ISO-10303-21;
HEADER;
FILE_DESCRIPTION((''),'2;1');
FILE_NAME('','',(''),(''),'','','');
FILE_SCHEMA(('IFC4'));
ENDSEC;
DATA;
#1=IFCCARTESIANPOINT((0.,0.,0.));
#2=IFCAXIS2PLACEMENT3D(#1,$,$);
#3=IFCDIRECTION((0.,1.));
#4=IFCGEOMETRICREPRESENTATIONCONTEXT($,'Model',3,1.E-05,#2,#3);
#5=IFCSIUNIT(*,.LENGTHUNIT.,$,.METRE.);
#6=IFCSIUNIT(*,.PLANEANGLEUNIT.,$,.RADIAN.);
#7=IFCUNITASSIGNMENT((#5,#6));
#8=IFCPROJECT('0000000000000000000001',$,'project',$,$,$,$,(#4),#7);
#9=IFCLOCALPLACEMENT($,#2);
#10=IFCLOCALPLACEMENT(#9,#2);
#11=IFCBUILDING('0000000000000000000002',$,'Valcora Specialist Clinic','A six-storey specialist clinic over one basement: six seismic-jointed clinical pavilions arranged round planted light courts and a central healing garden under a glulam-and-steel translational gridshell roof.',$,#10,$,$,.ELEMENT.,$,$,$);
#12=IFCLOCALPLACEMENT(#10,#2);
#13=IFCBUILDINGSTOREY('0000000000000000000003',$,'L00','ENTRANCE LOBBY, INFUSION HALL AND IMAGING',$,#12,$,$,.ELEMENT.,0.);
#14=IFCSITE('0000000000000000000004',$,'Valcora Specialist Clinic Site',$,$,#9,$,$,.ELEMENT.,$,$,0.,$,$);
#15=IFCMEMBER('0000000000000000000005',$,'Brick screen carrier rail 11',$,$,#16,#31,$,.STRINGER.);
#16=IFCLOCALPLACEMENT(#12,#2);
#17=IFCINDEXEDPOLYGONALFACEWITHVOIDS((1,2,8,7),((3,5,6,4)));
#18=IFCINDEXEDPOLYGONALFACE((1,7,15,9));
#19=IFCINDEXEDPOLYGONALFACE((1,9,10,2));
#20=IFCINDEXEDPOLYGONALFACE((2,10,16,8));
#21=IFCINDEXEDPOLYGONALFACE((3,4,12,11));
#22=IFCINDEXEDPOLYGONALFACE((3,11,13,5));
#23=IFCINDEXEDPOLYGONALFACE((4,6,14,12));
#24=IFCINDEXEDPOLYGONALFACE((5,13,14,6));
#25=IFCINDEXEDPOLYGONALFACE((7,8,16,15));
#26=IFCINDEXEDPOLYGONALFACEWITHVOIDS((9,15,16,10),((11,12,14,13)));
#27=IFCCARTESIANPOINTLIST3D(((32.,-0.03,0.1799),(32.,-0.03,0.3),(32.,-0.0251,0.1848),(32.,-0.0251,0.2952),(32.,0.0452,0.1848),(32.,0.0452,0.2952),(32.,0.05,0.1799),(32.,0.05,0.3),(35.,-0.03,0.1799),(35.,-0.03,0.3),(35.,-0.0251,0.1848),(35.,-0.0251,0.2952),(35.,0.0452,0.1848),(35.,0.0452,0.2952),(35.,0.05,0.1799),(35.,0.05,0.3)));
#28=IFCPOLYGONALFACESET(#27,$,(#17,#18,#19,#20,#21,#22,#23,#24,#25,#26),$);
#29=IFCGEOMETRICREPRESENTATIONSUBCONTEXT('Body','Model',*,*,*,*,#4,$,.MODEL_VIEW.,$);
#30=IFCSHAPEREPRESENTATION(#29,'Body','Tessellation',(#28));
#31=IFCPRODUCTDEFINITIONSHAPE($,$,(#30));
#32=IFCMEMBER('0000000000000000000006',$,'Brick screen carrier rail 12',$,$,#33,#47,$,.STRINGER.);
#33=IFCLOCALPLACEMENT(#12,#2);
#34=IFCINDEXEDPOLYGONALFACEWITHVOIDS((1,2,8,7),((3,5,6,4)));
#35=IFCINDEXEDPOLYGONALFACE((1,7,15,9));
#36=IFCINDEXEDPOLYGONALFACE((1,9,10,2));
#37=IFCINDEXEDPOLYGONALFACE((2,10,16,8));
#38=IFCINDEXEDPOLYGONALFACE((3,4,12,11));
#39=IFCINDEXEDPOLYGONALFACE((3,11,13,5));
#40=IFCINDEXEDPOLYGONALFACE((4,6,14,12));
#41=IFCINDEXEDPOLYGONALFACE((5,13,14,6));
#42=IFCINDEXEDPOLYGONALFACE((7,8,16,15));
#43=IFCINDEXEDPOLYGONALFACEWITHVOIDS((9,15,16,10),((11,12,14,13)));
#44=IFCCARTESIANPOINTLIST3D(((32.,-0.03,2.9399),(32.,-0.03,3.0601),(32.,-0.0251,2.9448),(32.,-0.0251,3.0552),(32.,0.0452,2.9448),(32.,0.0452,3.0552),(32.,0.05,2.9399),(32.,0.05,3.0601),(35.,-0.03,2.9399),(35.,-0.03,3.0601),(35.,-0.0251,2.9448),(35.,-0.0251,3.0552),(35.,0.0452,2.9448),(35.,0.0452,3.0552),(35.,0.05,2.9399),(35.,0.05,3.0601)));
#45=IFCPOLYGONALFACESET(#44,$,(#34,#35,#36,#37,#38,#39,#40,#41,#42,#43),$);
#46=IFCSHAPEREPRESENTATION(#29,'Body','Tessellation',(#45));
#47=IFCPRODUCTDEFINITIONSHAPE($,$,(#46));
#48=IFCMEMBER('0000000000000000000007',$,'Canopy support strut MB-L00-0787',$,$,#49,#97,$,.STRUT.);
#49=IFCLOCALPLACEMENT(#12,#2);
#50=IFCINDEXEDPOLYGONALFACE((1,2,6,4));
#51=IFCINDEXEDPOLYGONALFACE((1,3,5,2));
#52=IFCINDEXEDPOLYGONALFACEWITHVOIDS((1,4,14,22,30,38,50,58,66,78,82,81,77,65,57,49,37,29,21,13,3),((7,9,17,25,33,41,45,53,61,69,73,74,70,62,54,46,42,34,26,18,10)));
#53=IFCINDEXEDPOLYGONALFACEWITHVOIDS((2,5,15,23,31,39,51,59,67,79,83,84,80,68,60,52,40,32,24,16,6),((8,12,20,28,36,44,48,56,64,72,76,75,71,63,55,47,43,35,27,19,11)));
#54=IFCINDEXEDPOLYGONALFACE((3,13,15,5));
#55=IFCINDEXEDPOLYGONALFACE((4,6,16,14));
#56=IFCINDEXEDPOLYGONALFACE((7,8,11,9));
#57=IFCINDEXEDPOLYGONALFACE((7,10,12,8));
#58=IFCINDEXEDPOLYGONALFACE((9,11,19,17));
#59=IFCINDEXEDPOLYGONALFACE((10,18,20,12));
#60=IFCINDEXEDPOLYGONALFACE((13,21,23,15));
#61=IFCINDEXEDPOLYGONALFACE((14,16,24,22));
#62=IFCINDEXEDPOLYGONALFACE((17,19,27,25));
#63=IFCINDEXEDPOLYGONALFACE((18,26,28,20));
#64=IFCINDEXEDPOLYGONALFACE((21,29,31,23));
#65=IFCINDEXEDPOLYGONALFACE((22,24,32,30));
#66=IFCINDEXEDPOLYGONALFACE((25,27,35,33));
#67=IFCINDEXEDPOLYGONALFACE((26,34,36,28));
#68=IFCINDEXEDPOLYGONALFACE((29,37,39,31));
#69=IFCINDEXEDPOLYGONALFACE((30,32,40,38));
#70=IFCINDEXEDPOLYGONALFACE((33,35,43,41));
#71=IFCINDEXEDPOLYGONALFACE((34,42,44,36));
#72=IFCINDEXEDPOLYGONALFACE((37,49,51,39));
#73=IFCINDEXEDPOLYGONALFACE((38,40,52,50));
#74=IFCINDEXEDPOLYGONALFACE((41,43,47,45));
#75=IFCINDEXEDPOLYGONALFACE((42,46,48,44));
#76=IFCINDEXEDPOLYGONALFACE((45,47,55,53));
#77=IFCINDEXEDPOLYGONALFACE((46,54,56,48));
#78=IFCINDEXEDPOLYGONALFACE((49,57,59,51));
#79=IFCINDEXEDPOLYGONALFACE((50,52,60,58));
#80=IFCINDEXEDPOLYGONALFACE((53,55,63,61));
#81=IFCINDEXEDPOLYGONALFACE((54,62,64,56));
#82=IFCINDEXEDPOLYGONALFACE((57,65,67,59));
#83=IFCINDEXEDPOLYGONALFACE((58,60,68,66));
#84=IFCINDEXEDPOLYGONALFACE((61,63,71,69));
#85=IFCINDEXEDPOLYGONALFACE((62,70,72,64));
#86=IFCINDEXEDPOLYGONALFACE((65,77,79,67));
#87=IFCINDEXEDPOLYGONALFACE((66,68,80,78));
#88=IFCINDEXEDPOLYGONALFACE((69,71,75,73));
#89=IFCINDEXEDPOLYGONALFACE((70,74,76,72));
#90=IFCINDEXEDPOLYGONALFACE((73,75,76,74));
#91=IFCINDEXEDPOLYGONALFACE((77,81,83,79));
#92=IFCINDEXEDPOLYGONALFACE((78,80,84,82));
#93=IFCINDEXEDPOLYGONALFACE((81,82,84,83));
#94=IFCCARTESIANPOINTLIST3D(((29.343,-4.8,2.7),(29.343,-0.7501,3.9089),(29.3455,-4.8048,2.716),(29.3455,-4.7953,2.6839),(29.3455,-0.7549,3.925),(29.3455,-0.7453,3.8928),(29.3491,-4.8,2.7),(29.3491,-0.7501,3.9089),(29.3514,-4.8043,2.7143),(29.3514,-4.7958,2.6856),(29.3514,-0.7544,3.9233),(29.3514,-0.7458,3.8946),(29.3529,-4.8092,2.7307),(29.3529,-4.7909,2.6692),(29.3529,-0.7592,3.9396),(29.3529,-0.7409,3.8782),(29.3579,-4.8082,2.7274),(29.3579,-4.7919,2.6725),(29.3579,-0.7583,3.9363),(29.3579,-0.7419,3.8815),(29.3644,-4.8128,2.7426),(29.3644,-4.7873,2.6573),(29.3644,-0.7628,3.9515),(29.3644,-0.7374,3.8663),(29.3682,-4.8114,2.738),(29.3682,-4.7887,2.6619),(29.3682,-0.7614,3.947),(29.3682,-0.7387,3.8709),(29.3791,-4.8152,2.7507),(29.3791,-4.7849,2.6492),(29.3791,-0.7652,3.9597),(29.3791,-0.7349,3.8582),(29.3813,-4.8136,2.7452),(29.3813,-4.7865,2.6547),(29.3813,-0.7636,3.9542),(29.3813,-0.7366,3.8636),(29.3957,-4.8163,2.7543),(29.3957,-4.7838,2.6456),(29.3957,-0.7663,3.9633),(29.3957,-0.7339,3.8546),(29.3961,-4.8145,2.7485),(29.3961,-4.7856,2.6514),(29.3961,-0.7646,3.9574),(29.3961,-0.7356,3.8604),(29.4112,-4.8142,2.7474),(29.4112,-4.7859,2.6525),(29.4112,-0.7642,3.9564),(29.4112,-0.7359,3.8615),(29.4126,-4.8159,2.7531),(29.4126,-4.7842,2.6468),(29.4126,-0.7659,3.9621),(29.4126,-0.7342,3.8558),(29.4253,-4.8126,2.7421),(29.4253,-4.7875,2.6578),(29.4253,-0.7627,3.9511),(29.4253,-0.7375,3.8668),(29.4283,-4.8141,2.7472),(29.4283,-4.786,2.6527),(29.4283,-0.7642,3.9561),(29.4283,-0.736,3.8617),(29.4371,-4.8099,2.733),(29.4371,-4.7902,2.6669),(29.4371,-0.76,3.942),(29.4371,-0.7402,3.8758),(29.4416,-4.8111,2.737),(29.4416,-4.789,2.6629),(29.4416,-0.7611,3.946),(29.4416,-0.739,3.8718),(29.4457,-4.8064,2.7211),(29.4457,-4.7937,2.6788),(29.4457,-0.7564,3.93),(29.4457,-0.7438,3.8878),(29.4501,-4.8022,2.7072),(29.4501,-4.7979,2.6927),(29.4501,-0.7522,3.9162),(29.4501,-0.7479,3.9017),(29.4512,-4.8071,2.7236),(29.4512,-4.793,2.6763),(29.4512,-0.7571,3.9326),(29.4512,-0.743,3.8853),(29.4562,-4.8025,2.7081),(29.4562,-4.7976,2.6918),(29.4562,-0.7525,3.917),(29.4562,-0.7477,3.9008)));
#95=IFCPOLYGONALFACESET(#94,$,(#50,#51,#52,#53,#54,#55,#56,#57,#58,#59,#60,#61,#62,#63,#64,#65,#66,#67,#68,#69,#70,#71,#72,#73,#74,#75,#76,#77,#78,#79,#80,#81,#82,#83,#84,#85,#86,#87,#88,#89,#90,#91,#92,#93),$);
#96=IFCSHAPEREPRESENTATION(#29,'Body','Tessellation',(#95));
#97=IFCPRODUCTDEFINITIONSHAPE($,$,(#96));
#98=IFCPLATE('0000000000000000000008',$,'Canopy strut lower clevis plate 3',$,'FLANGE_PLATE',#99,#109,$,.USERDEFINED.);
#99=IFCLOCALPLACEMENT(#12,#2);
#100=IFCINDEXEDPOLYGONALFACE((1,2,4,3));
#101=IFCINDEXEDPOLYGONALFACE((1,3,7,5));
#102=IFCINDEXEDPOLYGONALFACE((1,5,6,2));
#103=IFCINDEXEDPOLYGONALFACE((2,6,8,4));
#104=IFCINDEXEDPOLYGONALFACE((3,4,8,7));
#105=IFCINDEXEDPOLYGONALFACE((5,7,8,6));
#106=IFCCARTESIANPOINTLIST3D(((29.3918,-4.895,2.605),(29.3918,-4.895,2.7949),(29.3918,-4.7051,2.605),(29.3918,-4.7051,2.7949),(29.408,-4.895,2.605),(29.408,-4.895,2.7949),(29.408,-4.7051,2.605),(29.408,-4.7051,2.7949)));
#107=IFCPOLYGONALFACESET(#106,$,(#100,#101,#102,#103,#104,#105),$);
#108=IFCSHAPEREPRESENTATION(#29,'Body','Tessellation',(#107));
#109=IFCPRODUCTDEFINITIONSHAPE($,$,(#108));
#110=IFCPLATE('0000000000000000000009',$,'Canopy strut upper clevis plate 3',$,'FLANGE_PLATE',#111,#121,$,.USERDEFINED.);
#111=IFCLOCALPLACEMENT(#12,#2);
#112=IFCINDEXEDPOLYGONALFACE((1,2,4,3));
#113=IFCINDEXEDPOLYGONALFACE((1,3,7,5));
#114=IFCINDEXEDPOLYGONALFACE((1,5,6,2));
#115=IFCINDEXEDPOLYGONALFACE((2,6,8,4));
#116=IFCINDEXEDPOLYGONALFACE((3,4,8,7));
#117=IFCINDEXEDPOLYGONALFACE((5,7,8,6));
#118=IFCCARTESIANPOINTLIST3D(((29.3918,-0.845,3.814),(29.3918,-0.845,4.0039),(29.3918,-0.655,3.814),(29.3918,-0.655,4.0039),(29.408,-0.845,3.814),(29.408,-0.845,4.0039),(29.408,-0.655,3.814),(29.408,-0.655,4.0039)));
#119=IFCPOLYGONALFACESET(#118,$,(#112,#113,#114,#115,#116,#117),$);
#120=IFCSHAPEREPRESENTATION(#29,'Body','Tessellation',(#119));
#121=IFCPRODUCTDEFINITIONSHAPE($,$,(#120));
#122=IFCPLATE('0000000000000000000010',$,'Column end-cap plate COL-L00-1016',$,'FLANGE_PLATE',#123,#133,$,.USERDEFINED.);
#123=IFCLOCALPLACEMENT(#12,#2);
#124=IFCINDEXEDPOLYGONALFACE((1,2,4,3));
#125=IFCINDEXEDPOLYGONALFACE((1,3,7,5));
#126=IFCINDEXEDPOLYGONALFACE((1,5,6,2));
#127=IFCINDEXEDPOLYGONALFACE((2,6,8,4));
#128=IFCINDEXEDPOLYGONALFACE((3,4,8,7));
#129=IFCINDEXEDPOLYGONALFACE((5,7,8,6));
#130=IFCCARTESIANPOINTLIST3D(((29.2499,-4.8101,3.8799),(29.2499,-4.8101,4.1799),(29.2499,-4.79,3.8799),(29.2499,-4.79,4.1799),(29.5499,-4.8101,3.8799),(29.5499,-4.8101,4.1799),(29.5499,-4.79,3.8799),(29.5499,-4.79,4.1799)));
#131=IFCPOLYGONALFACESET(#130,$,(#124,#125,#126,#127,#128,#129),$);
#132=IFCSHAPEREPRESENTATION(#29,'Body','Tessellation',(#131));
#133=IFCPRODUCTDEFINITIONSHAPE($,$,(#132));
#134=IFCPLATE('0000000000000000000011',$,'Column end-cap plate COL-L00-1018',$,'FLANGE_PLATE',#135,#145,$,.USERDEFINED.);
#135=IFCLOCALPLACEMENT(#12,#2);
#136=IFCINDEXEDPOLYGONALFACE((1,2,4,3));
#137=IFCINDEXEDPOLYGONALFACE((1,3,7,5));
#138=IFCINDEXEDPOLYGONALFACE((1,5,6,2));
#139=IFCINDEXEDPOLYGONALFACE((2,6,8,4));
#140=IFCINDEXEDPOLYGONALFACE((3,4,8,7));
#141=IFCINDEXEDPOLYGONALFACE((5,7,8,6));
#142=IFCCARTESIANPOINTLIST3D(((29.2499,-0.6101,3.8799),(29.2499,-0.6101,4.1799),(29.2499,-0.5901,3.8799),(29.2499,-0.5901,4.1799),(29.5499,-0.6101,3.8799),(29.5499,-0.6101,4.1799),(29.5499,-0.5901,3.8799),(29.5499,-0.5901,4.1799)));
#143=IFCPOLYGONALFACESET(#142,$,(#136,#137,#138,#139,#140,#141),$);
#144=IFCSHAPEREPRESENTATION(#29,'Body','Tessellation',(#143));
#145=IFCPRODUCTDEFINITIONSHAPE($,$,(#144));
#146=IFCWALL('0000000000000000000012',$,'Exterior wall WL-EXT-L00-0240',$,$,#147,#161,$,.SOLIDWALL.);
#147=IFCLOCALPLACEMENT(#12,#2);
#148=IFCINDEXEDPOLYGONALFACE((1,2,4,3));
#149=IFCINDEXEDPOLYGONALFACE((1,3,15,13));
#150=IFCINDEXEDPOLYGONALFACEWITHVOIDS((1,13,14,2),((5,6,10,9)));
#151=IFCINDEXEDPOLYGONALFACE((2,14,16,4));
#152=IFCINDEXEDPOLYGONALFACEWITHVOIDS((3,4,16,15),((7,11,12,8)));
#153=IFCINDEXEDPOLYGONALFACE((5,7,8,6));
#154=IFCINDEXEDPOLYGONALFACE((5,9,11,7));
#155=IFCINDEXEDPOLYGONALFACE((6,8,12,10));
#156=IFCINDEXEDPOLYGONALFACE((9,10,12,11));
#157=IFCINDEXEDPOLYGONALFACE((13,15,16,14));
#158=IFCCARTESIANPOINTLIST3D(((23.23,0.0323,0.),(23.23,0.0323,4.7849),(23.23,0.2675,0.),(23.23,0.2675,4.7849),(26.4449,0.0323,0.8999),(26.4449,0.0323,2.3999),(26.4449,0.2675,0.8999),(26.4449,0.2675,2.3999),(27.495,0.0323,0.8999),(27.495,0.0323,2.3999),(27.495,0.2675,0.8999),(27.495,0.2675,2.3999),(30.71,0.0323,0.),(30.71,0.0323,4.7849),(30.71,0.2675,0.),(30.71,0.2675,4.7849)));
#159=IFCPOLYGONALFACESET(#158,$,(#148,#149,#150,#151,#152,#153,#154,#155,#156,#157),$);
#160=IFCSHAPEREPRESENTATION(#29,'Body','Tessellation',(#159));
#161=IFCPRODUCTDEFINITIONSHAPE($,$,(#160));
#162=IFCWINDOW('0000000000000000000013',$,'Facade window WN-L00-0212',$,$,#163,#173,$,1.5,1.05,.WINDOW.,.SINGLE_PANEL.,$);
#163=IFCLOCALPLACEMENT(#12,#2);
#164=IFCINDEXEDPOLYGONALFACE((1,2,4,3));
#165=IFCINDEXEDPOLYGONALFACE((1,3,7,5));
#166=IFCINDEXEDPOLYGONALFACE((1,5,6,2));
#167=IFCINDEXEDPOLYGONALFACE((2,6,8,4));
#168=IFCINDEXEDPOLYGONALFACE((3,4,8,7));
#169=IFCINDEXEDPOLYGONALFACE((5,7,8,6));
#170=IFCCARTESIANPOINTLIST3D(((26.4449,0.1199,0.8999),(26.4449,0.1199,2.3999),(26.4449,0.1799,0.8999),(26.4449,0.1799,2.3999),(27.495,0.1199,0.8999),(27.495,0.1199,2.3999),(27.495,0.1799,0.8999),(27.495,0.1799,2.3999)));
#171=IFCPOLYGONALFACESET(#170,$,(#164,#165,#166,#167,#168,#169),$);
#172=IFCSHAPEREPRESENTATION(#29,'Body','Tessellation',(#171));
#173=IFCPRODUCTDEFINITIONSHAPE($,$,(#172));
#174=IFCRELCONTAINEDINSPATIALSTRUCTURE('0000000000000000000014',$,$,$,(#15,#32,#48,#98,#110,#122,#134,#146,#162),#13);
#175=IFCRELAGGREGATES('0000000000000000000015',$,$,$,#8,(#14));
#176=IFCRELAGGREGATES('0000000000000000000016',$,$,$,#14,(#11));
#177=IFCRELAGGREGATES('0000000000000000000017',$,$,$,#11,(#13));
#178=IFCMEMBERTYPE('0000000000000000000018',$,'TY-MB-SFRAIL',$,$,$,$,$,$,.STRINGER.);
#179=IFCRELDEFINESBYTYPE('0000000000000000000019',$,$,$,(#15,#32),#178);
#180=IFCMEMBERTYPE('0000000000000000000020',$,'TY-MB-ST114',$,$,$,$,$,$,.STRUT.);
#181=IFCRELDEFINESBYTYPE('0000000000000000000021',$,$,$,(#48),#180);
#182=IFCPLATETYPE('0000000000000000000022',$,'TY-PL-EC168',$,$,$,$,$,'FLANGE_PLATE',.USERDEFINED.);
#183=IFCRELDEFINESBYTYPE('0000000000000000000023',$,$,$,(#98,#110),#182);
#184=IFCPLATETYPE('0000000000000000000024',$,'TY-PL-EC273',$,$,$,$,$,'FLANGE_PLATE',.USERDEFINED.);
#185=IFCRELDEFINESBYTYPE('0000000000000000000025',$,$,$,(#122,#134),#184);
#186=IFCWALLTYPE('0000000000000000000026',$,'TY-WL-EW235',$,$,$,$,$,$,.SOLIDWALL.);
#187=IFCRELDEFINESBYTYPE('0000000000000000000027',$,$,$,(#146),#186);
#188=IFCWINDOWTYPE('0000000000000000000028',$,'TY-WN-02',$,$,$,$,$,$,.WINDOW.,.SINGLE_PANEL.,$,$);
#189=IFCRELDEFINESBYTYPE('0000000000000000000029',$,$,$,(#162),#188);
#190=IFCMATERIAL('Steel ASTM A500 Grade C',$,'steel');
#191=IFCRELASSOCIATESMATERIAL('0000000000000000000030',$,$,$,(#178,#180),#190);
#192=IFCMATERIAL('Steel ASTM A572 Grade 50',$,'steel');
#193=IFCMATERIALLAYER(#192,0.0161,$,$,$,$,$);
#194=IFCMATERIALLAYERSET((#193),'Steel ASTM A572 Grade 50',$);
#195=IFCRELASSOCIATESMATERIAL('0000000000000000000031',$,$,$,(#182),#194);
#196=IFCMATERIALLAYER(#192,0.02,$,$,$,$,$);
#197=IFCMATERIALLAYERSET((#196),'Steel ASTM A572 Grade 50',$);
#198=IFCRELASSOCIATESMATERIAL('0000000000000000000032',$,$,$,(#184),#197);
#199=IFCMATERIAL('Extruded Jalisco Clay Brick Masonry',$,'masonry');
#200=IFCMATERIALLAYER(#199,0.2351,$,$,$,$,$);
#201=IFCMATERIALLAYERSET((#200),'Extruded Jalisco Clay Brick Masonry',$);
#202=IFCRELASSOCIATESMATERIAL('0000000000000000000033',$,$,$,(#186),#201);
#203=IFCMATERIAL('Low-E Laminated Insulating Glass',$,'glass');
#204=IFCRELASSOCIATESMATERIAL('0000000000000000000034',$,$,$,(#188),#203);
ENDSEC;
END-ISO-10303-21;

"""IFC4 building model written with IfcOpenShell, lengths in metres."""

from ifc_helpers import new_model, si_unit, direction, frame, frame_2d, origin, origin_2d, place, context, subcontext, project, spatial, rectangle, hollow_rectangle, hollow_circle, extrude, material, layer, layer_set, material_profile, profile_set, type_object, element, fill, save


model = new_model("IFC4")

# Units and contexts
model_context = context("Model", 3, precision=1e-05, world=origin(), true_north=direction((0.0, 1.0)))
body_context = subcontext(model_context, "Body", "Model", "MODEL_VIEW")
ifc_project = project(units=[si_unit("LENGTHUNIT", "METRE"), si_unit("PLANEANGLEUNIT", "RADIAN")], contexts=[model_context])

# Site, building, storey
site_placement = place(None, origin())
site = spatial("IfcSite", under=ifc_project, at=site_placement, Name="Valcora Specialist Clinic Site", CompositionType="ELEMENT", RefElevation=0.0)
building_placement = place(site_placement, origin())
building = spatial("IfcBuilding", under=site, at=building_placement, Name="Valcora Specialist Clinic", Description="A six-storey specialist clinic over one basement: six seismic-jointed clinical pavilions arranged round planted light courts and a central healing garden under a glulam-and-steel translational gridshell roof.", CompositionType="ELEMENT")
storey_placement = place(building_placement, origin())
storey = spatial("IfcBuildingStorey", under=building, at=storey_placement, Name="L00", Description="ENTRANCE LOBBY, INFUSION HALL AND IMAGING", CompositionType="ELEMENT", Elevation=0.0)

# Shared definitions
ifc_material_1 = material(Name="Steel ASTM A500 Grade C", Category="steel")

# Members
ifc_material_profile_1 = material_profile(ifc_material_1, hollow_rectangle(XDim=0.0801, YDim=0.1201, WallThickness=0.0049, at=origin_2d()), Name="ST-RHS-120X80X5")
ifc_profile_set_1 = profile_set([ifc_material_profile_1], Name="Steel ASTM A500 Grade C")
member_type_1 = type_object("IfcMemberType", Name="TY-MB-SFRAIL", PredefinedType="STRINGER", material=ifc_profile_set_1)
for number, where, z_axis, x_axis, name in (
    (1, (32.0, 0.01, 0.24), (1.0, 0.0, 0.0), (0.0, 1.0, 0.0), "Brick screen carrier rail 11"),
    (2, (32.0, 0.01, 3.0), (1.0, 0.0, 0.0), (0.0, 1.0, 0.0), "Brick screen carrier rail 12"),
):
    element("IfcMember", number, at=place(storey_placement, frame(where, z_axis=z_axis, x_axis=x_axis)), inside=storey, type_object=member_type_1, Name=name, PredefinedType="STRINGER", context=body_context, shape_type="SweptSolid", body=[
        extrude(hollow_rectangle(XDim=0.0801, YDim=0.1201, WallThickness=0.0049, at=origin_2d()), origin(), (0.0, 0.0, 1.0), 3.0),
    ])
ifc_material_profile_2 = material_profile(ifc_material_1, hollow_circle(Radius=0.0569, WallThickness=0.0061, at=origin_2d()), Name="ST-CHS-114X6")
ifc_profile_set_2 = profile_set([ifc_material_profile_2], Name="Steel ASTM A500 Grade C")
member_type_2 = type_object("IfcMemberType", Name="TY-MB-ST114", PredefinedType="STRUT", material=ifc_profile_set_2)
member_placement = place(storey_placement, frame((29.3999, -4.8, 2.7), z_axis=(0.0, 0.958218, 0.286039), x_axis=(-1.0, 0.0, 0.0)))
element("IfcMember", 3, at=member_placement, inside=storey, type_object=member_type_2, Name="Canopy support strut MB-L00-0787", PredefinedType="STRUT", context=body_context, shape_type="SweptSolid", body=[
    extrude(hollow_circle(Radius=0.0569, WallThickness=0.0061, at=origin_2d()), origin(), (0.0, 0.0, 1.0), 4.2266),
])

# Plates
ifc_material_2 = material(Name="Steel ASTM A572 Grade 50", Category="steel")
ifc_layer_1 = layer(ifc_material_2, 0.0161)
ifc_layer_set_1 = layer_set([ifc_layer_1], Name="Steel ASTM A572 Grade 50")
plate_type_1 = type_object("IfcPlateType", Name="TY-PL-EC168", ElementType="FLANGE_PLATE", PredefinedType="USERDEFINED", material=ifc_layer_set_1)
for number, where, z_axis, x_axis, name in (
    (4, (29.3999, -4.8, 2.605), (0.0, 0.0, 1.0), (0.0, 1.0, 0.0), "Canopy strut lower clevis plate 3"),
    (5, (29.3999, -0.75, 3.814), (0.0, 0.0, 1.0), (0.0, 1.0, 0.0), "Canopy strut upper clevis plate 3"),
):
    element("IfcPlate", number, at=place(storey_placement, frame(where, z_axis=z_axis, x_axis=x_axis)), inside=storey, type_object=plate_type_1, Name=name, ObjectType="FLANGE_PLATE", PredefinedType="USERDEFINED", context=body_context, shape_type="SweptSolid", body=[
        extrude(rectangle(XDim=0.1899, YDim=0.0161, at=origin_2d()), origin(), (0.0, 0.0, 1.0), 0.1899),
    ])
ifc_layer_2 = layer(ifc_material_2, 0.02)
ifc_layer_set_2 = layer_set([ifc_layer_2], Name="Steel ASTM A572 Grade 50")
plate_type_2 = type_object("IfcPlateType", Name="TY-PL-EC273", ElementType="FLANGE_PLATE", PredefinedType="USERDEFINED", material=ifc_layer_set_2)
for number, where, z_axis, x_axis, name in (
    (6, (29.3999, -4.8, 3.8799), (0.0, 0.0, 1.0), (1.0, 0.0, 0.0), "Column end-cap plate COL-L00-1016"),
    (7, (29.3999, -0.6001, 3.8799), (0.0, 0.0, 1.0), (1.0, 0.0, 0.0), "Column end-cap plate COL-L00-1018"),
):
    element("IfcPlate", number, at=place(storey_placement, frame(where, z_axis=z_axis, x_axis=x_axis)), inside=storey, type_object=plate_type_2, Name=name, ObjectType="FLANGE_PLATE", PredefinedType="USERDEFINED", context=body_context, shape_type="SweptSolid", body=[
        extrude(rectangle(XDim=0.3, YDim=0.02, at=origin_2d()), origin(), (0.0, 0.0, 1.0), 0.3),
    ])

# Wall, opening, window
ifc_material_3 = material(Name="Extruded Jalisco Clay Brick Masonry", Category="masonry")
ifc_layer_3 = layer(ifc_material_3, 0.2351)
ifc_layer_set_3 = layer_set([ifc_layer_3], Name="Extruded Jalisco Clay Brick Masonry")
wall_type_1 = type_object("IfcWallType", Name="TY-WL-EW235", PredefinedType="SOLIDWALL", material=ifc_layer_set_3)
wall_1_placement = place(storey_placement, frame((30.71, 0.1499, 0.0), z_axis=(0.0, 0.0, 1.0), x_axis=(-1.0, 0.0, 0.0)))
wall_1 = element("IfcWall", 8, at=wall_1_placement, inside=storey, type_object=wall_type_1, Name="Exterior wall WL-EXT-L00-0240", PredefinedType="SOLIDWALL", context=body_context, shape_type="SweptSolid", body=[
    extrude(rectangle(XDim=7.48, YDim=0.2351, at=frame_2d((3.74, 0.0))), origin(), (0.0, 0.0, 1.0), 4.7849),
])
opening_1_placement = place(wall_1_placement, frame((3.2151, 0.0, 0.8999)))
opening_1 = element("IfcOpeningElement", 9, at=opening_1_placement, cuts=wall_1, PredefinedType="OPENING", context=body_context, shape_type="SweptSolid", body=[
    extrude(rectangle(XDim=1.05, YDim=1.5, at=frame_2d((0.5249, 0.75))), frame((0.0, 0.1274, 0.0), z_axis=(0.0, -1.0, 0.0), x_axis=(1.0, 0.0, 0.0)), (0.0, 0.0, 1.0), 0.2551),
])
ifc_material_4 = material(Name="Low-E Laminated Insulating Glass", Category="glass")
window_type_1 = type_object("IfcWindowType", Name="TY-WN-02", PartitioningType="SINGLE_PANEL", PredefinedType="WINDOW", material=ifc_material_4)
window_1_placement = place(opening_1_placement, origin())
window_1 = element("IfcWindow", 10, at=window_1_placement, inside=storey, type_object=window_type_1, Name="Facade window WN-L00-0212", OverallHeight=1.5, OverallWidth=1.05, PartitioningType="SINGLE_PANEL", PredefinedType="WINDOW", context=body_context, shape_type="SweptSolid", body=[
    extrude(rectangle(XDim=1.05, YDim=1.5, at=frame_2d((0.5249, 0.75))), frame((0.0, 0.03, 0.0), z_axis=(0.0, -1.0, 0.0), x_axis=(1.0, 0.0, 0.0)), (0.0, 0.0, 1.0), 0.0601),
])
fill(opening_1, window_1)

save(model, "model.ifc")
